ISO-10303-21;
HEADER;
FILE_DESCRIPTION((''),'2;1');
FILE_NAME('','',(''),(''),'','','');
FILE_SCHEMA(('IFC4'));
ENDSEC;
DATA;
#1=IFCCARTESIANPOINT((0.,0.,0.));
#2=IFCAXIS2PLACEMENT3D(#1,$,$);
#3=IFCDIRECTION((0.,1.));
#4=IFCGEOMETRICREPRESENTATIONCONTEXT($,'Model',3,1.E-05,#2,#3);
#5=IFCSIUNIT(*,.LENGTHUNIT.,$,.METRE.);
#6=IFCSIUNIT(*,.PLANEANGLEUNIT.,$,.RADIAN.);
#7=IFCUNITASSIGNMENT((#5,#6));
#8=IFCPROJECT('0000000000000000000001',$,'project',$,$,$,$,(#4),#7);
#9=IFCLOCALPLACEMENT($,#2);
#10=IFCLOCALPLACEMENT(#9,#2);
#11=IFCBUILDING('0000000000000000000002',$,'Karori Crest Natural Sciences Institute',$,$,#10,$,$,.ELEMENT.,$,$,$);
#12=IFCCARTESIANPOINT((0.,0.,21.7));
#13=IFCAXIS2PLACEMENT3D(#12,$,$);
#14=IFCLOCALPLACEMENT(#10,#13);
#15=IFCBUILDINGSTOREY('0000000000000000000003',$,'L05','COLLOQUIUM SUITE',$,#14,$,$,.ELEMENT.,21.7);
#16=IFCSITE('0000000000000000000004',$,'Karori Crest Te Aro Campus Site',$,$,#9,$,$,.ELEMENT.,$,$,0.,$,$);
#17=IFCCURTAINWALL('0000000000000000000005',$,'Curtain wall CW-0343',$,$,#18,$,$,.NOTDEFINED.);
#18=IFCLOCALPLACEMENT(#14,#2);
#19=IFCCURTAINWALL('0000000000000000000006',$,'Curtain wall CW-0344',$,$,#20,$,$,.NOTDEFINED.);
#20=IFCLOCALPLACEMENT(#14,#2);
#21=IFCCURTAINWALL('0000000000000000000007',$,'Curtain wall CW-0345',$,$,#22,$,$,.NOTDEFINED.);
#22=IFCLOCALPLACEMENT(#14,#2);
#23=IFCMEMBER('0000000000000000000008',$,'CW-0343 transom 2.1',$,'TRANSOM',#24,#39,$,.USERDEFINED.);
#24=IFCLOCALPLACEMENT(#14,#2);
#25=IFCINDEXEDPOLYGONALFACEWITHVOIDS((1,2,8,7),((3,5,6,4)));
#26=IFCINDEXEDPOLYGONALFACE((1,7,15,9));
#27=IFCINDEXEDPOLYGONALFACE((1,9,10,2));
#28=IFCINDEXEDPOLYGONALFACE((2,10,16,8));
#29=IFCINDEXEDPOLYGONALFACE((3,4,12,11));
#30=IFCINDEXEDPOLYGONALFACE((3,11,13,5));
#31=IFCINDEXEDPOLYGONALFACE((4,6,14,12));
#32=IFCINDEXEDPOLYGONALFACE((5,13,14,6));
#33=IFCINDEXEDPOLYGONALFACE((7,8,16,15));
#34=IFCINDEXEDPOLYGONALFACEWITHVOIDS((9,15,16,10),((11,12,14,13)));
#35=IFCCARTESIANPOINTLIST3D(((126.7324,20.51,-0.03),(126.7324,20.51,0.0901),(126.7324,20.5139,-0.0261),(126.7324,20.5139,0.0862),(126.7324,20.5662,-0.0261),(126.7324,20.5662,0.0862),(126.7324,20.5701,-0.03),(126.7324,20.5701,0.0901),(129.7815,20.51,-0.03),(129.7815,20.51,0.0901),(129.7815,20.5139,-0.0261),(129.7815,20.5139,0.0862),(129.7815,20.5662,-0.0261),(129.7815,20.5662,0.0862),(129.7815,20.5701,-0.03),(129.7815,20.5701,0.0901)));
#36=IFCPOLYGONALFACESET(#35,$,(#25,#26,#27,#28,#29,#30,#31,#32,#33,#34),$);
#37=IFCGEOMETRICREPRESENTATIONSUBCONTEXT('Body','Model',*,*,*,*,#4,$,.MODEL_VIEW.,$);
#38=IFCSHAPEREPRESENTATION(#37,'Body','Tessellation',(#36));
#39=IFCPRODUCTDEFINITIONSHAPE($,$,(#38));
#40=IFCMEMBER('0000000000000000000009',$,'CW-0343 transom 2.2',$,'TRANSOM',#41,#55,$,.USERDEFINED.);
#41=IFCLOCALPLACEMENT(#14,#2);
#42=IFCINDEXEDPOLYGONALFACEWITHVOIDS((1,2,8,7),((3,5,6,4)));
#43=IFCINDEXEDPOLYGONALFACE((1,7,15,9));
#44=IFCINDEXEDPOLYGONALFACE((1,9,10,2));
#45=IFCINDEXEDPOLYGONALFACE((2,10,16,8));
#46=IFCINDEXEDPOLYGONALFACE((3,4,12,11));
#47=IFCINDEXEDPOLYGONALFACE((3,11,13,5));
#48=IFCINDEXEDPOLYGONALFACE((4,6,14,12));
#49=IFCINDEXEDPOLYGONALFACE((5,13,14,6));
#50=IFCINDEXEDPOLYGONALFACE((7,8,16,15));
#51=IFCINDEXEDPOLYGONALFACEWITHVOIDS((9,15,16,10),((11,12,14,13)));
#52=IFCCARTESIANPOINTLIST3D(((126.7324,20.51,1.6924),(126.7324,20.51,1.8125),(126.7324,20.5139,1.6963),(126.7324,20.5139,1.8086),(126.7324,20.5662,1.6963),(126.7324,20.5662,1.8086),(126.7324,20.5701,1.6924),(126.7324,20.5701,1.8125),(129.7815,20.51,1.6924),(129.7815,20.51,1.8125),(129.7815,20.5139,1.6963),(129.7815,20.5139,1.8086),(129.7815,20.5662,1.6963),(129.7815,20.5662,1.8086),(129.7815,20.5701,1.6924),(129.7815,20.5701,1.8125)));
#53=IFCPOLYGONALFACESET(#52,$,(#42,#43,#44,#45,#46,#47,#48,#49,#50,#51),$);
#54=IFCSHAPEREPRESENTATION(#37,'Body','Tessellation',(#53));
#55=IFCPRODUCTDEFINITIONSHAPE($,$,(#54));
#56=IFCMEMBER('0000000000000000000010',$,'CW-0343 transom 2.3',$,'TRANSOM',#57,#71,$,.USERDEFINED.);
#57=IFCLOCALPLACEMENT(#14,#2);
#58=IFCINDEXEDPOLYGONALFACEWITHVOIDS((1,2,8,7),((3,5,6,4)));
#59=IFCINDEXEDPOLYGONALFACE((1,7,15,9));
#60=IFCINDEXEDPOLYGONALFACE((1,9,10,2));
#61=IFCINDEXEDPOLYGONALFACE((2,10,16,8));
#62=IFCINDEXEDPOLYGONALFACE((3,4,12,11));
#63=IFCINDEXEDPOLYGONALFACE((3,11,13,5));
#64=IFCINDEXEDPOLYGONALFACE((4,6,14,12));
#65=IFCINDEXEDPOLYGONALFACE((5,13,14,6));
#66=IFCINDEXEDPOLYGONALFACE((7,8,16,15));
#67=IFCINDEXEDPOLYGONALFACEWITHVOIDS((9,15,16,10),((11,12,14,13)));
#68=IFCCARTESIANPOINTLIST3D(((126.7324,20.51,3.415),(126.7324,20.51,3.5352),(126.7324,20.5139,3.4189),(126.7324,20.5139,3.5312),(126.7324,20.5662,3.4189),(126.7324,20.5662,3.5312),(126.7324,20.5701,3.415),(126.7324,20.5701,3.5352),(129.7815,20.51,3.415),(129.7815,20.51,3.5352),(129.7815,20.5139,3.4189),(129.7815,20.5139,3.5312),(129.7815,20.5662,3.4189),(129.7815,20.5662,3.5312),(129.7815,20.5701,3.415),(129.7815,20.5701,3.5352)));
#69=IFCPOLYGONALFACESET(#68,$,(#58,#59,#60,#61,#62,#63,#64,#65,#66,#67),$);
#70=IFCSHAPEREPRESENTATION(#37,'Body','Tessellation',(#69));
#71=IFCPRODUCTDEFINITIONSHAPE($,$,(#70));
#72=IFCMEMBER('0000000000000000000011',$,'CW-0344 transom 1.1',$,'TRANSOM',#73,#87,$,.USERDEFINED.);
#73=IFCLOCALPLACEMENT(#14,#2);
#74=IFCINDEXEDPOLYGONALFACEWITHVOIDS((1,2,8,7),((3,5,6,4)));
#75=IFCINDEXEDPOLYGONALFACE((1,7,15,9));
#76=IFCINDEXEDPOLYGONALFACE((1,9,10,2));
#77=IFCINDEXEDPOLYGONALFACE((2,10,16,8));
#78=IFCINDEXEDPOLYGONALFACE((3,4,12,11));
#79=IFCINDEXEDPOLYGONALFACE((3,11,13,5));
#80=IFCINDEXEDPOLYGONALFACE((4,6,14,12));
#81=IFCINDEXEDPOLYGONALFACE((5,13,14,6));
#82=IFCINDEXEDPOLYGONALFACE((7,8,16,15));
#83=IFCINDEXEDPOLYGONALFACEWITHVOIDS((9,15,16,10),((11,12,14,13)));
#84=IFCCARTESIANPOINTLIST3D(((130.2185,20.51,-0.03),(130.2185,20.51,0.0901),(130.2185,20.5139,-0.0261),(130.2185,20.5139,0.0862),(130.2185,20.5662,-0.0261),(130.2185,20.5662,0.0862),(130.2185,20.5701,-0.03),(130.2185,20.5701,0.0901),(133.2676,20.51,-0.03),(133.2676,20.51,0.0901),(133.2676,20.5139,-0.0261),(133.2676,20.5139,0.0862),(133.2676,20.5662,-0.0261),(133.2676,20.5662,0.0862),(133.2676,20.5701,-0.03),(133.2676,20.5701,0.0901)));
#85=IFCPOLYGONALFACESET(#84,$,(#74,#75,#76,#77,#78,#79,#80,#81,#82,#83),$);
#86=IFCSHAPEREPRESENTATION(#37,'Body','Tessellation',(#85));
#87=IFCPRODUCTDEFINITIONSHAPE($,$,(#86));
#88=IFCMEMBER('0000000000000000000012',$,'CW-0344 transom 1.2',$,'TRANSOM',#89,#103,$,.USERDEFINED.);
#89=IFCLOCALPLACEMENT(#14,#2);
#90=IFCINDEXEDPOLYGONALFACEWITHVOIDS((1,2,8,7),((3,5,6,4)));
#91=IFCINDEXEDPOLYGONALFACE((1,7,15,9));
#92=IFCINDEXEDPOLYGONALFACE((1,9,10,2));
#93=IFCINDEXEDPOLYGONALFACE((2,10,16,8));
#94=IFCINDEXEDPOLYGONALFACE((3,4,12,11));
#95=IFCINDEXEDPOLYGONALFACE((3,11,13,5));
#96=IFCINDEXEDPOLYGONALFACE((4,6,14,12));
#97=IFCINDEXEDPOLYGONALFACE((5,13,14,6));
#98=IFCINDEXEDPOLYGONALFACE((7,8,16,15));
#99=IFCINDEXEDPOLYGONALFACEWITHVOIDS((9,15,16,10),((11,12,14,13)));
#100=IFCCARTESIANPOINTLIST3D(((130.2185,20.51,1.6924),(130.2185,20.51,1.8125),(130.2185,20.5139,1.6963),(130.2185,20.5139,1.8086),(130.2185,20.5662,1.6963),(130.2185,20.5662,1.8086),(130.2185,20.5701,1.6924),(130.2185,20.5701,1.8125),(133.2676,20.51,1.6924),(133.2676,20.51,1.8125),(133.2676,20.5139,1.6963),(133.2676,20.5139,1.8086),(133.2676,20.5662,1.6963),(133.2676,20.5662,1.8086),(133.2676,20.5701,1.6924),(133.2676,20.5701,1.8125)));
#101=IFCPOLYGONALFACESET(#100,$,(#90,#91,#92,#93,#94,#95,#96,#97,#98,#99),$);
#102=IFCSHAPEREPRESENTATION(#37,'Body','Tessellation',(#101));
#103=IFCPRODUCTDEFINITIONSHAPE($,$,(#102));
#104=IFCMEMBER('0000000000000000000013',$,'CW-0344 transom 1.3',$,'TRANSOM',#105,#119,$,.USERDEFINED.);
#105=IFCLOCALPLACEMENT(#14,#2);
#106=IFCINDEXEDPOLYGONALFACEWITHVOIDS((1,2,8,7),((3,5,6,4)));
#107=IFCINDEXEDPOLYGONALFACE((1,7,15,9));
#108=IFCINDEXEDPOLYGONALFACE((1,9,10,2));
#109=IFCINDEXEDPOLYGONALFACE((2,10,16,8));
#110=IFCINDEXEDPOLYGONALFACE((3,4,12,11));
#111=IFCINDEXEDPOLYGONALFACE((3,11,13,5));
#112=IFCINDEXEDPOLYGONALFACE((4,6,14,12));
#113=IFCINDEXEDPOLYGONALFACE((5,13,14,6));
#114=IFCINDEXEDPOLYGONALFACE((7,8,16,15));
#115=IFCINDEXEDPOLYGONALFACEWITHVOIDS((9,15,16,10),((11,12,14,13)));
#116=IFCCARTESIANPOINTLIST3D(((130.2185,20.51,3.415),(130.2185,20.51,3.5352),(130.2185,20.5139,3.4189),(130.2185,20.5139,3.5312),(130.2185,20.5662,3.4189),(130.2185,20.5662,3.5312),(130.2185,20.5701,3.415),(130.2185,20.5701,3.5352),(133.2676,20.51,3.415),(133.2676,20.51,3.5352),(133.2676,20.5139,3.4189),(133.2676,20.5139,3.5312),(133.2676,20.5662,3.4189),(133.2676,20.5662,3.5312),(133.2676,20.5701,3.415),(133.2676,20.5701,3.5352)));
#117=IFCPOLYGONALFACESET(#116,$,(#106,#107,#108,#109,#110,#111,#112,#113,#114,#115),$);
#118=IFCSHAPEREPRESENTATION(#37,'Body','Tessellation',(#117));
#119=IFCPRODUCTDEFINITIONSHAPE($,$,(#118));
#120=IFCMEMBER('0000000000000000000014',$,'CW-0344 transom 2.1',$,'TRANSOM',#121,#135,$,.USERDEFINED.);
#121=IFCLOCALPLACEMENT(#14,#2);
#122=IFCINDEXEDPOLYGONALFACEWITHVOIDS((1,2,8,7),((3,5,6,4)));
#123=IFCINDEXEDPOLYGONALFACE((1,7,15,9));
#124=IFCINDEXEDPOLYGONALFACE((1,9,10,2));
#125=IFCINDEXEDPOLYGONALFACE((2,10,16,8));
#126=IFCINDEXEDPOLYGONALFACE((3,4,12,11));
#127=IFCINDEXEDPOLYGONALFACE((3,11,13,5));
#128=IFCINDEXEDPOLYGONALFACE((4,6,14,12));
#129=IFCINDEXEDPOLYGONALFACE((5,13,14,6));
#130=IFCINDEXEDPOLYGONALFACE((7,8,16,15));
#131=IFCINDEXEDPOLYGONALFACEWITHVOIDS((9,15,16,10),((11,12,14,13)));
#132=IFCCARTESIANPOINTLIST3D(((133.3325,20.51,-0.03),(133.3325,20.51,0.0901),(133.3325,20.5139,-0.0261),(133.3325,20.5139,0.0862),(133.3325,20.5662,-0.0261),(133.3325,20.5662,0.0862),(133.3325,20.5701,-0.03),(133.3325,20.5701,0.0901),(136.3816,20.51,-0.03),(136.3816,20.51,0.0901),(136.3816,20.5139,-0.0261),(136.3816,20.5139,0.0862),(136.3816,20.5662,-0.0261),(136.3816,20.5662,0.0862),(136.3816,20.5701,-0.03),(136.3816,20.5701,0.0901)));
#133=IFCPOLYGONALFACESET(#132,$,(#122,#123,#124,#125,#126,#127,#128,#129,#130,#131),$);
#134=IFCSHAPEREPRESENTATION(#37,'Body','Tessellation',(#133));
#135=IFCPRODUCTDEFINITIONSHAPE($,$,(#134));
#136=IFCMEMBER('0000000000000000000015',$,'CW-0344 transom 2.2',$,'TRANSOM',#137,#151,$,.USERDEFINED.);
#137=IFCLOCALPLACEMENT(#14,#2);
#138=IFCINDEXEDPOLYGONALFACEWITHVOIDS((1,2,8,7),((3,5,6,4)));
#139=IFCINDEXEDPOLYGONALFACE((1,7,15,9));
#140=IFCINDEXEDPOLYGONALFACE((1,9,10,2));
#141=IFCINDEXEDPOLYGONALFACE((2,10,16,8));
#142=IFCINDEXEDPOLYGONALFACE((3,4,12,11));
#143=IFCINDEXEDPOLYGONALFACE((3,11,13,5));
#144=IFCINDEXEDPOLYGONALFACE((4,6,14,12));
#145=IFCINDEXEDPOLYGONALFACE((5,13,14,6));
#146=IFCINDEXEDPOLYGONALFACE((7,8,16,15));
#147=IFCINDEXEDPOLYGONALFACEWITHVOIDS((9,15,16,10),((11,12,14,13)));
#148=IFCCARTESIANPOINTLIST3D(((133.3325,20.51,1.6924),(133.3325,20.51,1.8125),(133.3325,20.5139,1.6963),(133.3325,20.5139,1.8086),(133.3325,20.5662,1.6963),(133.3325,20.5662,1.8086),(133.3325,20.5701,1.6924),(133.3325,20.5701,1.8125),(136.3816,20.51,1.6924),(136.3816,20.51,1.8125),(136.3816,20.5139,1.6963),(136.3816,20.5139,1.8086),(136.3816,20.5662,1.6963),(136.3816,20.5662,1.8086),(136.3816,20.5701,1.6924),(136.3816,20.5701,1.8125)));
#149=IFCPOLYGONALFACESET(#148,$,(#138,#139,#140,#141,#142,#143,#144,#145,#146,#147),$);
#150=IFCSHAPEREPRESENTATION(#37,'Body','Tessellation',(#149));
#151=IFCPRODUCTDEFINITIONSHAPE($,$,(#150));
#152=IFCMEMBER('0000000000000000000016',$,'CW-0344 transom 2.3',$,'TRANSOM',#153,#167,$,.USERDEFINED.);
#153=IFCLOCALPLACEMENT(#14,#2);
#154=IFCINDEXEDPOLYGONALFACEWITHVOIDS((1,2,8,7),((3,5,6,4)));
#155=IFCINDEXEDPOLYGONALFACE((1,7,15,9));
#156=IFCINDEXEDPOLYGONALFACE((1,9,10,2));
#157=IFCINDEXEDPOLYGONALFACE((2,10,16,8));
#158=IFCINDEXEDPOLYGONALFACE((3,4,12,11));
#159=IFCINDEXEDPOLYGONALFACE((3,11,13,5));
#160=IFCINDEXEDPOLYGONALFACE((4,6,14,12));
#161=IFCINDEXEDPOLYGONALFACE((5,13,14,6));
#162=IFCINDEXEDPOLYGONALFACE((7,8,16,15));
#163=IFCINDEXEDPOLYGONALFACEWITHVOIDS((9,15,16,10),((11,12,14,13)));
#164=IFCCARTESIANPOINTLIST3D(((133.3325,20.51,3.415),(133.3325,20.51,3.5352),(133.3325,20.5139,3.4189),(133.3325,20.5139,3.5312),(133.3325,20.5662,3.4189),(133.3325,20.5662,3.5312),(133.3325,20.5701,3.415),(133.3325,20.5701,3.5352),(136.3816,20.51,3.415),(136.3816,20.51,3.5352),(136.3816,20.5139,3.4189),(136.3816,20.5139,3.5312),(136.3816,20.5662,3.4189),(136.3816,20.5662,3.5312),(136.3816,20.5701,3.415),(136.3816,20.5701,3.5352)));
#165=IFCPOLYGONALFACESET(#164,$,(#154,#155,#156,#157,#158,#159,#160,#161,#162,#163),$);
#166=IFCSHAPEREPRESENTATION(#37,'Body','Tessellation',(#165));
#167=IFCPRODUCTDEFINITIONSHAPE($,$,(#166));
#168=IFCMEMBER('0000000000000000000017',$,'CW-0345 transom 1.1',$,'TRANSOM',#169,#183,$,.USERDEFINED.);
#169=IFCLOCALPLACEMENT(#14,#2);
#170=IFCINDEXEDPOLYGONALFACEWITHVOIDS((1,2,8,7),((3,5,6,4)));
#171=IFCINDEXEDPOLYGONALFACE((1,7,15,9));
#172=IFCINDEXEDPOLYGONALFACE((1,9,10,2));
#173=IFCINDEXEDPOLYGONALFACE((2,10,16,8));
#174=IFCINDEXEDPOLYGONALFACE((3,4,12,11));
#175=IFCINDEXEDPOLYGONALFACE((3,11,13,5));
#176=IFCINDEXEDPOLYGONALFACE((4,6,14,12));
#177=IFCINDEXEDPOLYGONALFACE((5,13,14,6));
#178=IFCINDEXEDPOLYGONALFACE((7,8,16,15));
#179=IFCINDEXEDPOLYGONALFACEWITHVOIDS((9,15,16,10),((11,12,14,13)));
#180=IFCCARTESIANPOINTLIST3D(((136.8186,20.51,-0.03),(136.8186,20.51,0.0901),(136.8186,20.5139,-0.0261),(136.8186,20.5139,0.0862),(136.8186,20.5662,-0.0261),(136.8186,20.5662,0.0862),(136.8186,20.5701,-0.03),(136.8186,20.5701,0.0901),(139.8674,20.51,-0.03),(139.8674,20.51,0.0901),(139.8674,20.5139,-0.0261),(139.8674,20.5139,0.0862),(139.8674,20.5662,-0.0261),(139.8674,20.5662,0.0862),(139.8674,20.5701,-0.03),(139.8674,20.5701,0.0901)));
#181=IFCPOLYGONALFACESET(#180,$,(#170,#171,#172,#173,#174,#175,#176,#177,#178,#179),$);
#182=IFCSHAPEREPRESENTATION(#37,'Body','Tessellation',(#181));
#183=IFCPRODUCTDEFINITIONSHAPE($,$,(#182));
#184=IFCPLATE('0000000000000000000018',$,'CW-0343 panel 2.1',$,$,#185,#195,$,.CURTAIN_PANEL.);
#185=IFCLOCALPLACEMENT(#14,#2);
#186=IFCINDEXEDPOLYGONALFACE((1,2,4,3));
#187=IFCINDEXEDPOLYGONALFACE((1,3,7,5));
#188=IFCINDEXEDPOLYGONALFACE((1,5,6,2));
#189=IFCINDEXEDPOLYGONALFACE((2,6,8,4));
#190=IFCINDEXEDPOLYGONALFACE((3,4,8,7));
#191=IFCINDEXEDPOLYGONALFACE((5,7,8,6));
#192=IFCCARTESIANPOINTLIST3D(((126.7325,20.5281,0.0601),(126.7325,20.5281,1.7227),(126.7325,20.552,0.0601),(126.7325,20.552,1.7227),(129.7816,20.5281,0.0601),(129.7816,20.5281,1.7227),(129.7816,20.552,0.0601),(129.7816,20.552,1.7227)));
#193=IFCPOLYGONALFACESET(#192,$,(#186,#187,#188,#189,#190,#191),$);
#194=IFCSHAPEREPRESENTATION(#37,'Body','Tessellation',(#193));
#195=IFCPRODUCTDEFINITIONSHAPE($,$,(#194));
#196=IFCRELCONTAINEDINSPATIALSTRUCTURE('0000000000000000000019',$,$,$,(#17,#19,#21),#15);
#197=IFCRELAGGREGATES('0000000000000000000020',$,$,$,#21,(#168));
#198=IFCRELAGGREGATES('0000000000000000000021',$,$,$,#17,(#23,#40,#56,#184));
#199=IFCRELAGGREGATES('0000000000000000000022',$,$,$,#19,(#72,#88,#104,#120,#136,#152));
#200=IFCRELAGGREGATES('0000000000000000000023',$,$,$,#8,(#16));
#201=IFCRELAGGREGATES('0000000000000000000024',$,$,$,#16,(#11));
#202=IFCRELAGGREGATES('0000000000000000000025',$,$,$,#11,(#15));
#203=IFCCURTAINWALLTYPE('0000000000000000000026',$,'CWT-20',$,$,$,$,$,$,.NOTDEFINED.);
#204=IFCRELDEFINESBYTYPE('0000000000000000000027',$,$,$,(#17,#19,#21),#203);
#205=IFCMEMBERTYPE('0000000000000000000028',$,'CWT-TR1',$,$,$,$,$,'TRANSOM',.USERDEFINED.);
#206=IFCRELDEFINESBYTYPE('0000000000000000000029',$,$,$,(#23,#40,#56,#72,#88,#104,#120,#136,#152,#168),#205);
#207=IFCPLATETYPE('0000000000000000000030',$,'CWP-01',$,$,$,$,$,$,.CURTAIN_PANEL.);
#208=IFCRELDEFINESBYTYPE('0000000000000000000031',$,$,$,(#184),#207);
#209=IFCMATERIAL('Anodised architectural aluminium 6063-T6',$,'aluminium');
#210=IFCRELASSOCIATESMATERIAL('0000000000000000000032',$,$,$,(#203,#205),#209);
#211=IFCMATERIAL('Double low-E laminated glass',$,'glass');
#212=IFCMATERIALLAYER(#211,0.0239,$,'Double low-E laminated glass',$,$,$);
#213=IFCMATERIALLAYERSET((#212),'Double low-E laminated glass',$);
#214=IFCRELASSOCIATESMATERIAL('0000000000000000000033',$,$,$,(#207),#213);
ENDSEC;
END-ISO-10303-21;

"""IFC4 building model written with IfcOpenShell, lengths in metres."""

from ifc_helpers import new_model, si_unit, direction, frame, origin, origin_2d, place, context, subcontext, project, spatial, rectangle, hollow_rectangle, extrude, material, layer, layer_set, material_profile, profile_set, type_object, element, aggregate, save


model = new_model("IFC4")

# Units and contexts
model_context = context("Model", 3, precision=1e-05, world=origin(), true_north=direction((0.0, 1.0)))
body_context = subcontext(model_context, "Body", "Model", "MODEL_VIEW")
ifc_project = project(units=[si_unit("LENGTHUNIT", "METRE"), si_unit("PLANEANGLEUNIT", "RADIAN")], contexts=[model_context])

# Site, building, storey
site_placement = place(None, origin())
site = spatial("IfcSite", under=ifc_project, at=site_placement, Name="Karori Crest Te Aro Campus Site", CompositionType="ELEMENT", RefElevation=0.0)
building_placement = place(site_placement, origin())
building = spatial("IfcBuilding", under=site, at=building_placement, Name="Karori Crest Natural Sciences Institute", CompositionType="ELEMENT")
storey_placement = place(building_placement, frame((0.0, 0.0, 21.7)))
storey = spatial("IfcBuildingStorey", under=building, at=storey_placement, Name="L05", Description="COLLOQUIUM SUITE", CompositionType="ELEMENT", Elevation=21.7)

# Curtain walls
ifc_material_1 = material(Name="Anodised architectural aluminium 6063-T6", Category="aluminium")
curtain_wall_type = type_object("IfcCurtainWallType", Name="CWT-20", PredefinedType="NOTDEFINED", material=ifc_material_1)
curtain_wall_1_placement = place(storey_placement, origin())
curtain_wall_1 = element("IfcCurtainWall", 1, at=curtain_wall_1_placement, inside=storey, type_object=curtain_wall_type, Name="Curtain wall CW-0343", PredefinedType="NOTDEFINED")
curtain_wall_2_placement = place(storey_placement, origin())
curtain_wall_2 = element("IfcCurtainWall", 2, at=curtain_wall_2_placement, inside=storey, type_object=curtain_wall_type, Name="Curtain wall CW-0344", PredefinedType="NOTDEFINED")

# Curtain wall
curtain_wall_3_placement = place(storey_placement, origin())
curtain_wall_3 = element("IfcCurtainWall", 3, at=curtain_wall_3_placement, inside=storey, type_object=curtain_wall_type, Name="Curtain wall CW-0345", PredefinedType="NOTDEFINED")

# Members
ifc_material_profile_1 = material_profile(ifc_material_1, hollow_rectangle(XDim=0.0601, YDim=0.1201, WallThickness=0.0039, at=origin_2d()), Name="CWT120x60x4")
ifc_profile_set_1 = profile_set([ifc_material_profile_1], Name="Anodised architectural aluminium 6063-T6")
member_type_1 = type_object("IfcMemberType", Name="CWT-TR1", ElementType="TRANSOM", PredefinedType="USERDEFINED", material=ifc_profile_set_1)
member_1_placement = place(storey_placement, frame((126.7324, 20.54, 0.03), z_axis=(1.0, 0.0, 0.0), x_axis=(0.0, 1.0, 0.0)))
member_1 = element("IfcMember", 4, at=member_1_placement, type_object=member_type_1, Name="CW-0343 transom 2.1", ObjectType="TRANSOM", PredefinedType="USERDEFINED", context=body_context, shape_type="SweptSolid", body=[
    extrude(hollow_rectangle(XDim=0.0601, YDim=0.1201, WallThickness=0.0039, at=origin_2d()), origin(), (0.0, 0.0, 1.0), 3.0491),
])
member_2_placement = place(storey_placement, frame((126.7324, 20.54, 1.7524), z_axis=(1.0, 0.0, 0.0), x_axis=(0.0, 1.0, 0.0)))
member_2 = element("IfcMember", 5, at=member_2_placement, type_object=member_type_1, Name="CW-0343 transom 2.2", ObjectType="TRANSOM", PredefinedType="USERDEFINED", context=body_context, shape_type="SweptSolid", body=[
    extrude(hollow_rectangle(XDim=0.0601, YDim=0.1201, WallThickness=0.0039, at=origin_2d()), origin(), (0.0, 0.0, 1.0), 3.0491),
])
member_3_placement = place(storey_placement, frame((126.7324, 20.54, 3.4751), z_axis=(1.0, 0.0, 0.0), x_axis=(0.0, 1.0, 0.0)))
member_3 = element("IfcMember", 6, at=member_3_placement, type_object=member_type_1, Name="CW-0343 transom 2.3", ObjectType="TRANSOM", PredefinedType="USERDEFINED", context=body_context, shape_type="SweptSolid", body=[
    extrude(hollow_rectangle(XDim=0.0601, YDim=0.1201, WallThickness=0.0039, at=origin_2d()), origin(), (0.0, 0.0, 1.0), 3.0491),
])
member_4_placement = place(storey_placement, frame((130.2185, 20.54, 0.03), z_axis=(1.0, 0.0, 0.0), x_axis=(0.0, 1.0, 0.0)))
member_4 = element("IfcMember", 7, at=member_4_placement, type_object=member_type_1, Name="CW-0344 transom 1.1", ObjectType="TRANSOM", PredefinedType="USERDEFINED", context=body_context, shape_type="SweptSolid", body=[
    extrude(hollow_rectangle(XDim=0.0601, YDim=0.1201, WallThickness=0.0039, at=origin_2d()), origin(), (0.0, 0.0, 1.0), 3.0491),
])
member_5_placement = place(storey_placement, frame((130.2185, 20.54, 1.7524), z_axis=(1.0, 0.0, 0.0), x_axis=(0.0, 1.0, 0.0)))
member_5 = element("IfcMember", 8, at=member_5_placement, type_object=member_type_1, Name="CW-0344 transom 1.2", ObjectType="TRANSOM", PredefinedType="USERDEFINED", context=body_context, shape_type="SweptSolid", body=[
    extrude(hollow_rectangle(XDim=0.0601, YDim=0.1201, WallThickness=0.0039, at=origin_2d()), origin(), (0.0, 0.0, 1.0), 3.0491),
])
member_6_placement = place(storey_placement, frame((130.2185, 20.54, 3.4751), z_axis=(1.0, 0.0, 0.0), x_axis=(0.0, 1.0, 0.0)))
member_6 = element("IfcMember", 9, at=member_6_placement, type_object=member_type_1, Name="CW-0344 transom 1.3", ObjectType="TRANSOM", PredefinedType="USERDEFINED", context=body_context, shape_type="SweptSolid", body=[
    extrude(hollow_rectangle(XDim=0.0601, YDim=0.1201, WallThickness=0.0039, at=origin_2d()), origin(), (0.0, 0.0, 1.0), 3.0491),
])
member_7_placement = place(storey_placement, frame((133.3325, 20.54, 0.03), z_axis=(1.0, 0.0, 0.0), x_axis=(0.0, 1.0, 0.0)))
member_7 = element("IfcMember", 10, at=member_7_placement, type_object=member_type_1, Name="CW-0344 transom 2.1", ObjectType="TRANSOM", PredefinedType="USERDEFINED", context=body_context, shape_type="SweptSolid", body=[
    extrude(hollow_rectangle(XDim=0.0601, YDim=0.1201, WallThickness=0.0039, at=origin_2d()), origin(), (0.0, 0.0, 1.0), 3.0491),
])
member_8_placement = place(storey_placement, frame((133.3325, 20.54, 1.7524), z_axis=(1.0, 0.0, 0.0), x_axis=(0.0, 1.0, 0.0)))
member_8 = element("IfcMember", 11, at=member_8_placement, type_object=member_type_1, Name="CW-0344 transom 2.2", ObjectType="TRANSOM", PredefinedType="USERDEFINED", context=body_context, shape_type="SweptSolid", body=[
    extrude(hollow_rectangle(XDim=0.0601, YDim=0.1201, WallThickness=0.0039, at=origin_2d()), origin(), (0.0, 0.0, 1.0), 3.0491),
])
member_9_placement = place(storey_placement, frame((133.3325, 20.54, 3.4751), z_axis=(1.0, 0.0, 0.0), x_axis=(0.0, 1.0, 0.0)))
member_9 = element("IfcMember", 12, at=member_9_placement, type_object=member_type_1, Name="CW-0344 transom 2.3", ObjectType="TRANSOM", PredefinedType="USERDEFINED", context=body_context, shape_type="SweptSolid", body=[
    extrude(hollow_rectangle(XDim=0.0601, YDim=0.1201, WallThickness=0.0039, at=origin_2d()), origin(), (0.0, 0.0, 1.0), 3.0491),
])
member_10_placement = place(storey_placement, frame((136.8186, 20.54, 0.03), z_axis=(1.0, 0.0, 0.0), x_axis=(0.0, 1.0, 0.0)))
member_10 = element("IfcMember", 13, at=member_10_placement, type_object=member_type_1, Name="CW-0345 transom 1.1", ObjectType="TRANSOM", PredefinedType="USERDEFINED", context=body_context, shape_type="SweptSolid", body=[
    extrude(hollow_rectangle(XDim=0.0601, YDim=0.1201, WallThickness=0.0039, at=origin_2d()), origin(), (0.0, 0.0, 1.0), 3.0488),
])
aggregate(curtain_wall_3, [member_10])

# Plate
ifc_material_2 = material(Name="Double low-E laminated glass", Category="glass")
ifc_layer_1 = layer(ifc_material_2, 0.0239, Name="Double low-E laminated glass")
ifc_layer_set_1 = layer_set([ifc_layer_1], Name="Double low-E laminated glass")
plate_type = type_object("IfcPlateType", Name="CWP-01", PredefinedType="CURTAIN_PANEL", material=ifc_layer_set_1)
plate_1_placement = place(storey_placement, frame((128.2571, 20.54, 0.0601), z_axis=(0.0, 0.0, 1.0), x_axis=(1.0, 0.0, 0.0)))
plate_1 = element("IfcPlate", 14, at=plate_1_placement, type_object=plate_type, Name="CW-0343 panel 2.1", PredefinedType="CURTAIN_PANEL", context=body_context, shape_type="SweptSolid", body=[
    extrude(rectangle(XDim=3.0491, YDim=0.0239, at=origin_2d()), origin(), (0.0, 0.0, 1.0), 1.6626),
])
aggregate(curtain_wall_1, [member_1, member_2, member_3, plate_1])
aggregate(curtain_wall_2, [member_4, member_5, member_6, member_7, member_8, member_9])

save(model, "model.ifc")
